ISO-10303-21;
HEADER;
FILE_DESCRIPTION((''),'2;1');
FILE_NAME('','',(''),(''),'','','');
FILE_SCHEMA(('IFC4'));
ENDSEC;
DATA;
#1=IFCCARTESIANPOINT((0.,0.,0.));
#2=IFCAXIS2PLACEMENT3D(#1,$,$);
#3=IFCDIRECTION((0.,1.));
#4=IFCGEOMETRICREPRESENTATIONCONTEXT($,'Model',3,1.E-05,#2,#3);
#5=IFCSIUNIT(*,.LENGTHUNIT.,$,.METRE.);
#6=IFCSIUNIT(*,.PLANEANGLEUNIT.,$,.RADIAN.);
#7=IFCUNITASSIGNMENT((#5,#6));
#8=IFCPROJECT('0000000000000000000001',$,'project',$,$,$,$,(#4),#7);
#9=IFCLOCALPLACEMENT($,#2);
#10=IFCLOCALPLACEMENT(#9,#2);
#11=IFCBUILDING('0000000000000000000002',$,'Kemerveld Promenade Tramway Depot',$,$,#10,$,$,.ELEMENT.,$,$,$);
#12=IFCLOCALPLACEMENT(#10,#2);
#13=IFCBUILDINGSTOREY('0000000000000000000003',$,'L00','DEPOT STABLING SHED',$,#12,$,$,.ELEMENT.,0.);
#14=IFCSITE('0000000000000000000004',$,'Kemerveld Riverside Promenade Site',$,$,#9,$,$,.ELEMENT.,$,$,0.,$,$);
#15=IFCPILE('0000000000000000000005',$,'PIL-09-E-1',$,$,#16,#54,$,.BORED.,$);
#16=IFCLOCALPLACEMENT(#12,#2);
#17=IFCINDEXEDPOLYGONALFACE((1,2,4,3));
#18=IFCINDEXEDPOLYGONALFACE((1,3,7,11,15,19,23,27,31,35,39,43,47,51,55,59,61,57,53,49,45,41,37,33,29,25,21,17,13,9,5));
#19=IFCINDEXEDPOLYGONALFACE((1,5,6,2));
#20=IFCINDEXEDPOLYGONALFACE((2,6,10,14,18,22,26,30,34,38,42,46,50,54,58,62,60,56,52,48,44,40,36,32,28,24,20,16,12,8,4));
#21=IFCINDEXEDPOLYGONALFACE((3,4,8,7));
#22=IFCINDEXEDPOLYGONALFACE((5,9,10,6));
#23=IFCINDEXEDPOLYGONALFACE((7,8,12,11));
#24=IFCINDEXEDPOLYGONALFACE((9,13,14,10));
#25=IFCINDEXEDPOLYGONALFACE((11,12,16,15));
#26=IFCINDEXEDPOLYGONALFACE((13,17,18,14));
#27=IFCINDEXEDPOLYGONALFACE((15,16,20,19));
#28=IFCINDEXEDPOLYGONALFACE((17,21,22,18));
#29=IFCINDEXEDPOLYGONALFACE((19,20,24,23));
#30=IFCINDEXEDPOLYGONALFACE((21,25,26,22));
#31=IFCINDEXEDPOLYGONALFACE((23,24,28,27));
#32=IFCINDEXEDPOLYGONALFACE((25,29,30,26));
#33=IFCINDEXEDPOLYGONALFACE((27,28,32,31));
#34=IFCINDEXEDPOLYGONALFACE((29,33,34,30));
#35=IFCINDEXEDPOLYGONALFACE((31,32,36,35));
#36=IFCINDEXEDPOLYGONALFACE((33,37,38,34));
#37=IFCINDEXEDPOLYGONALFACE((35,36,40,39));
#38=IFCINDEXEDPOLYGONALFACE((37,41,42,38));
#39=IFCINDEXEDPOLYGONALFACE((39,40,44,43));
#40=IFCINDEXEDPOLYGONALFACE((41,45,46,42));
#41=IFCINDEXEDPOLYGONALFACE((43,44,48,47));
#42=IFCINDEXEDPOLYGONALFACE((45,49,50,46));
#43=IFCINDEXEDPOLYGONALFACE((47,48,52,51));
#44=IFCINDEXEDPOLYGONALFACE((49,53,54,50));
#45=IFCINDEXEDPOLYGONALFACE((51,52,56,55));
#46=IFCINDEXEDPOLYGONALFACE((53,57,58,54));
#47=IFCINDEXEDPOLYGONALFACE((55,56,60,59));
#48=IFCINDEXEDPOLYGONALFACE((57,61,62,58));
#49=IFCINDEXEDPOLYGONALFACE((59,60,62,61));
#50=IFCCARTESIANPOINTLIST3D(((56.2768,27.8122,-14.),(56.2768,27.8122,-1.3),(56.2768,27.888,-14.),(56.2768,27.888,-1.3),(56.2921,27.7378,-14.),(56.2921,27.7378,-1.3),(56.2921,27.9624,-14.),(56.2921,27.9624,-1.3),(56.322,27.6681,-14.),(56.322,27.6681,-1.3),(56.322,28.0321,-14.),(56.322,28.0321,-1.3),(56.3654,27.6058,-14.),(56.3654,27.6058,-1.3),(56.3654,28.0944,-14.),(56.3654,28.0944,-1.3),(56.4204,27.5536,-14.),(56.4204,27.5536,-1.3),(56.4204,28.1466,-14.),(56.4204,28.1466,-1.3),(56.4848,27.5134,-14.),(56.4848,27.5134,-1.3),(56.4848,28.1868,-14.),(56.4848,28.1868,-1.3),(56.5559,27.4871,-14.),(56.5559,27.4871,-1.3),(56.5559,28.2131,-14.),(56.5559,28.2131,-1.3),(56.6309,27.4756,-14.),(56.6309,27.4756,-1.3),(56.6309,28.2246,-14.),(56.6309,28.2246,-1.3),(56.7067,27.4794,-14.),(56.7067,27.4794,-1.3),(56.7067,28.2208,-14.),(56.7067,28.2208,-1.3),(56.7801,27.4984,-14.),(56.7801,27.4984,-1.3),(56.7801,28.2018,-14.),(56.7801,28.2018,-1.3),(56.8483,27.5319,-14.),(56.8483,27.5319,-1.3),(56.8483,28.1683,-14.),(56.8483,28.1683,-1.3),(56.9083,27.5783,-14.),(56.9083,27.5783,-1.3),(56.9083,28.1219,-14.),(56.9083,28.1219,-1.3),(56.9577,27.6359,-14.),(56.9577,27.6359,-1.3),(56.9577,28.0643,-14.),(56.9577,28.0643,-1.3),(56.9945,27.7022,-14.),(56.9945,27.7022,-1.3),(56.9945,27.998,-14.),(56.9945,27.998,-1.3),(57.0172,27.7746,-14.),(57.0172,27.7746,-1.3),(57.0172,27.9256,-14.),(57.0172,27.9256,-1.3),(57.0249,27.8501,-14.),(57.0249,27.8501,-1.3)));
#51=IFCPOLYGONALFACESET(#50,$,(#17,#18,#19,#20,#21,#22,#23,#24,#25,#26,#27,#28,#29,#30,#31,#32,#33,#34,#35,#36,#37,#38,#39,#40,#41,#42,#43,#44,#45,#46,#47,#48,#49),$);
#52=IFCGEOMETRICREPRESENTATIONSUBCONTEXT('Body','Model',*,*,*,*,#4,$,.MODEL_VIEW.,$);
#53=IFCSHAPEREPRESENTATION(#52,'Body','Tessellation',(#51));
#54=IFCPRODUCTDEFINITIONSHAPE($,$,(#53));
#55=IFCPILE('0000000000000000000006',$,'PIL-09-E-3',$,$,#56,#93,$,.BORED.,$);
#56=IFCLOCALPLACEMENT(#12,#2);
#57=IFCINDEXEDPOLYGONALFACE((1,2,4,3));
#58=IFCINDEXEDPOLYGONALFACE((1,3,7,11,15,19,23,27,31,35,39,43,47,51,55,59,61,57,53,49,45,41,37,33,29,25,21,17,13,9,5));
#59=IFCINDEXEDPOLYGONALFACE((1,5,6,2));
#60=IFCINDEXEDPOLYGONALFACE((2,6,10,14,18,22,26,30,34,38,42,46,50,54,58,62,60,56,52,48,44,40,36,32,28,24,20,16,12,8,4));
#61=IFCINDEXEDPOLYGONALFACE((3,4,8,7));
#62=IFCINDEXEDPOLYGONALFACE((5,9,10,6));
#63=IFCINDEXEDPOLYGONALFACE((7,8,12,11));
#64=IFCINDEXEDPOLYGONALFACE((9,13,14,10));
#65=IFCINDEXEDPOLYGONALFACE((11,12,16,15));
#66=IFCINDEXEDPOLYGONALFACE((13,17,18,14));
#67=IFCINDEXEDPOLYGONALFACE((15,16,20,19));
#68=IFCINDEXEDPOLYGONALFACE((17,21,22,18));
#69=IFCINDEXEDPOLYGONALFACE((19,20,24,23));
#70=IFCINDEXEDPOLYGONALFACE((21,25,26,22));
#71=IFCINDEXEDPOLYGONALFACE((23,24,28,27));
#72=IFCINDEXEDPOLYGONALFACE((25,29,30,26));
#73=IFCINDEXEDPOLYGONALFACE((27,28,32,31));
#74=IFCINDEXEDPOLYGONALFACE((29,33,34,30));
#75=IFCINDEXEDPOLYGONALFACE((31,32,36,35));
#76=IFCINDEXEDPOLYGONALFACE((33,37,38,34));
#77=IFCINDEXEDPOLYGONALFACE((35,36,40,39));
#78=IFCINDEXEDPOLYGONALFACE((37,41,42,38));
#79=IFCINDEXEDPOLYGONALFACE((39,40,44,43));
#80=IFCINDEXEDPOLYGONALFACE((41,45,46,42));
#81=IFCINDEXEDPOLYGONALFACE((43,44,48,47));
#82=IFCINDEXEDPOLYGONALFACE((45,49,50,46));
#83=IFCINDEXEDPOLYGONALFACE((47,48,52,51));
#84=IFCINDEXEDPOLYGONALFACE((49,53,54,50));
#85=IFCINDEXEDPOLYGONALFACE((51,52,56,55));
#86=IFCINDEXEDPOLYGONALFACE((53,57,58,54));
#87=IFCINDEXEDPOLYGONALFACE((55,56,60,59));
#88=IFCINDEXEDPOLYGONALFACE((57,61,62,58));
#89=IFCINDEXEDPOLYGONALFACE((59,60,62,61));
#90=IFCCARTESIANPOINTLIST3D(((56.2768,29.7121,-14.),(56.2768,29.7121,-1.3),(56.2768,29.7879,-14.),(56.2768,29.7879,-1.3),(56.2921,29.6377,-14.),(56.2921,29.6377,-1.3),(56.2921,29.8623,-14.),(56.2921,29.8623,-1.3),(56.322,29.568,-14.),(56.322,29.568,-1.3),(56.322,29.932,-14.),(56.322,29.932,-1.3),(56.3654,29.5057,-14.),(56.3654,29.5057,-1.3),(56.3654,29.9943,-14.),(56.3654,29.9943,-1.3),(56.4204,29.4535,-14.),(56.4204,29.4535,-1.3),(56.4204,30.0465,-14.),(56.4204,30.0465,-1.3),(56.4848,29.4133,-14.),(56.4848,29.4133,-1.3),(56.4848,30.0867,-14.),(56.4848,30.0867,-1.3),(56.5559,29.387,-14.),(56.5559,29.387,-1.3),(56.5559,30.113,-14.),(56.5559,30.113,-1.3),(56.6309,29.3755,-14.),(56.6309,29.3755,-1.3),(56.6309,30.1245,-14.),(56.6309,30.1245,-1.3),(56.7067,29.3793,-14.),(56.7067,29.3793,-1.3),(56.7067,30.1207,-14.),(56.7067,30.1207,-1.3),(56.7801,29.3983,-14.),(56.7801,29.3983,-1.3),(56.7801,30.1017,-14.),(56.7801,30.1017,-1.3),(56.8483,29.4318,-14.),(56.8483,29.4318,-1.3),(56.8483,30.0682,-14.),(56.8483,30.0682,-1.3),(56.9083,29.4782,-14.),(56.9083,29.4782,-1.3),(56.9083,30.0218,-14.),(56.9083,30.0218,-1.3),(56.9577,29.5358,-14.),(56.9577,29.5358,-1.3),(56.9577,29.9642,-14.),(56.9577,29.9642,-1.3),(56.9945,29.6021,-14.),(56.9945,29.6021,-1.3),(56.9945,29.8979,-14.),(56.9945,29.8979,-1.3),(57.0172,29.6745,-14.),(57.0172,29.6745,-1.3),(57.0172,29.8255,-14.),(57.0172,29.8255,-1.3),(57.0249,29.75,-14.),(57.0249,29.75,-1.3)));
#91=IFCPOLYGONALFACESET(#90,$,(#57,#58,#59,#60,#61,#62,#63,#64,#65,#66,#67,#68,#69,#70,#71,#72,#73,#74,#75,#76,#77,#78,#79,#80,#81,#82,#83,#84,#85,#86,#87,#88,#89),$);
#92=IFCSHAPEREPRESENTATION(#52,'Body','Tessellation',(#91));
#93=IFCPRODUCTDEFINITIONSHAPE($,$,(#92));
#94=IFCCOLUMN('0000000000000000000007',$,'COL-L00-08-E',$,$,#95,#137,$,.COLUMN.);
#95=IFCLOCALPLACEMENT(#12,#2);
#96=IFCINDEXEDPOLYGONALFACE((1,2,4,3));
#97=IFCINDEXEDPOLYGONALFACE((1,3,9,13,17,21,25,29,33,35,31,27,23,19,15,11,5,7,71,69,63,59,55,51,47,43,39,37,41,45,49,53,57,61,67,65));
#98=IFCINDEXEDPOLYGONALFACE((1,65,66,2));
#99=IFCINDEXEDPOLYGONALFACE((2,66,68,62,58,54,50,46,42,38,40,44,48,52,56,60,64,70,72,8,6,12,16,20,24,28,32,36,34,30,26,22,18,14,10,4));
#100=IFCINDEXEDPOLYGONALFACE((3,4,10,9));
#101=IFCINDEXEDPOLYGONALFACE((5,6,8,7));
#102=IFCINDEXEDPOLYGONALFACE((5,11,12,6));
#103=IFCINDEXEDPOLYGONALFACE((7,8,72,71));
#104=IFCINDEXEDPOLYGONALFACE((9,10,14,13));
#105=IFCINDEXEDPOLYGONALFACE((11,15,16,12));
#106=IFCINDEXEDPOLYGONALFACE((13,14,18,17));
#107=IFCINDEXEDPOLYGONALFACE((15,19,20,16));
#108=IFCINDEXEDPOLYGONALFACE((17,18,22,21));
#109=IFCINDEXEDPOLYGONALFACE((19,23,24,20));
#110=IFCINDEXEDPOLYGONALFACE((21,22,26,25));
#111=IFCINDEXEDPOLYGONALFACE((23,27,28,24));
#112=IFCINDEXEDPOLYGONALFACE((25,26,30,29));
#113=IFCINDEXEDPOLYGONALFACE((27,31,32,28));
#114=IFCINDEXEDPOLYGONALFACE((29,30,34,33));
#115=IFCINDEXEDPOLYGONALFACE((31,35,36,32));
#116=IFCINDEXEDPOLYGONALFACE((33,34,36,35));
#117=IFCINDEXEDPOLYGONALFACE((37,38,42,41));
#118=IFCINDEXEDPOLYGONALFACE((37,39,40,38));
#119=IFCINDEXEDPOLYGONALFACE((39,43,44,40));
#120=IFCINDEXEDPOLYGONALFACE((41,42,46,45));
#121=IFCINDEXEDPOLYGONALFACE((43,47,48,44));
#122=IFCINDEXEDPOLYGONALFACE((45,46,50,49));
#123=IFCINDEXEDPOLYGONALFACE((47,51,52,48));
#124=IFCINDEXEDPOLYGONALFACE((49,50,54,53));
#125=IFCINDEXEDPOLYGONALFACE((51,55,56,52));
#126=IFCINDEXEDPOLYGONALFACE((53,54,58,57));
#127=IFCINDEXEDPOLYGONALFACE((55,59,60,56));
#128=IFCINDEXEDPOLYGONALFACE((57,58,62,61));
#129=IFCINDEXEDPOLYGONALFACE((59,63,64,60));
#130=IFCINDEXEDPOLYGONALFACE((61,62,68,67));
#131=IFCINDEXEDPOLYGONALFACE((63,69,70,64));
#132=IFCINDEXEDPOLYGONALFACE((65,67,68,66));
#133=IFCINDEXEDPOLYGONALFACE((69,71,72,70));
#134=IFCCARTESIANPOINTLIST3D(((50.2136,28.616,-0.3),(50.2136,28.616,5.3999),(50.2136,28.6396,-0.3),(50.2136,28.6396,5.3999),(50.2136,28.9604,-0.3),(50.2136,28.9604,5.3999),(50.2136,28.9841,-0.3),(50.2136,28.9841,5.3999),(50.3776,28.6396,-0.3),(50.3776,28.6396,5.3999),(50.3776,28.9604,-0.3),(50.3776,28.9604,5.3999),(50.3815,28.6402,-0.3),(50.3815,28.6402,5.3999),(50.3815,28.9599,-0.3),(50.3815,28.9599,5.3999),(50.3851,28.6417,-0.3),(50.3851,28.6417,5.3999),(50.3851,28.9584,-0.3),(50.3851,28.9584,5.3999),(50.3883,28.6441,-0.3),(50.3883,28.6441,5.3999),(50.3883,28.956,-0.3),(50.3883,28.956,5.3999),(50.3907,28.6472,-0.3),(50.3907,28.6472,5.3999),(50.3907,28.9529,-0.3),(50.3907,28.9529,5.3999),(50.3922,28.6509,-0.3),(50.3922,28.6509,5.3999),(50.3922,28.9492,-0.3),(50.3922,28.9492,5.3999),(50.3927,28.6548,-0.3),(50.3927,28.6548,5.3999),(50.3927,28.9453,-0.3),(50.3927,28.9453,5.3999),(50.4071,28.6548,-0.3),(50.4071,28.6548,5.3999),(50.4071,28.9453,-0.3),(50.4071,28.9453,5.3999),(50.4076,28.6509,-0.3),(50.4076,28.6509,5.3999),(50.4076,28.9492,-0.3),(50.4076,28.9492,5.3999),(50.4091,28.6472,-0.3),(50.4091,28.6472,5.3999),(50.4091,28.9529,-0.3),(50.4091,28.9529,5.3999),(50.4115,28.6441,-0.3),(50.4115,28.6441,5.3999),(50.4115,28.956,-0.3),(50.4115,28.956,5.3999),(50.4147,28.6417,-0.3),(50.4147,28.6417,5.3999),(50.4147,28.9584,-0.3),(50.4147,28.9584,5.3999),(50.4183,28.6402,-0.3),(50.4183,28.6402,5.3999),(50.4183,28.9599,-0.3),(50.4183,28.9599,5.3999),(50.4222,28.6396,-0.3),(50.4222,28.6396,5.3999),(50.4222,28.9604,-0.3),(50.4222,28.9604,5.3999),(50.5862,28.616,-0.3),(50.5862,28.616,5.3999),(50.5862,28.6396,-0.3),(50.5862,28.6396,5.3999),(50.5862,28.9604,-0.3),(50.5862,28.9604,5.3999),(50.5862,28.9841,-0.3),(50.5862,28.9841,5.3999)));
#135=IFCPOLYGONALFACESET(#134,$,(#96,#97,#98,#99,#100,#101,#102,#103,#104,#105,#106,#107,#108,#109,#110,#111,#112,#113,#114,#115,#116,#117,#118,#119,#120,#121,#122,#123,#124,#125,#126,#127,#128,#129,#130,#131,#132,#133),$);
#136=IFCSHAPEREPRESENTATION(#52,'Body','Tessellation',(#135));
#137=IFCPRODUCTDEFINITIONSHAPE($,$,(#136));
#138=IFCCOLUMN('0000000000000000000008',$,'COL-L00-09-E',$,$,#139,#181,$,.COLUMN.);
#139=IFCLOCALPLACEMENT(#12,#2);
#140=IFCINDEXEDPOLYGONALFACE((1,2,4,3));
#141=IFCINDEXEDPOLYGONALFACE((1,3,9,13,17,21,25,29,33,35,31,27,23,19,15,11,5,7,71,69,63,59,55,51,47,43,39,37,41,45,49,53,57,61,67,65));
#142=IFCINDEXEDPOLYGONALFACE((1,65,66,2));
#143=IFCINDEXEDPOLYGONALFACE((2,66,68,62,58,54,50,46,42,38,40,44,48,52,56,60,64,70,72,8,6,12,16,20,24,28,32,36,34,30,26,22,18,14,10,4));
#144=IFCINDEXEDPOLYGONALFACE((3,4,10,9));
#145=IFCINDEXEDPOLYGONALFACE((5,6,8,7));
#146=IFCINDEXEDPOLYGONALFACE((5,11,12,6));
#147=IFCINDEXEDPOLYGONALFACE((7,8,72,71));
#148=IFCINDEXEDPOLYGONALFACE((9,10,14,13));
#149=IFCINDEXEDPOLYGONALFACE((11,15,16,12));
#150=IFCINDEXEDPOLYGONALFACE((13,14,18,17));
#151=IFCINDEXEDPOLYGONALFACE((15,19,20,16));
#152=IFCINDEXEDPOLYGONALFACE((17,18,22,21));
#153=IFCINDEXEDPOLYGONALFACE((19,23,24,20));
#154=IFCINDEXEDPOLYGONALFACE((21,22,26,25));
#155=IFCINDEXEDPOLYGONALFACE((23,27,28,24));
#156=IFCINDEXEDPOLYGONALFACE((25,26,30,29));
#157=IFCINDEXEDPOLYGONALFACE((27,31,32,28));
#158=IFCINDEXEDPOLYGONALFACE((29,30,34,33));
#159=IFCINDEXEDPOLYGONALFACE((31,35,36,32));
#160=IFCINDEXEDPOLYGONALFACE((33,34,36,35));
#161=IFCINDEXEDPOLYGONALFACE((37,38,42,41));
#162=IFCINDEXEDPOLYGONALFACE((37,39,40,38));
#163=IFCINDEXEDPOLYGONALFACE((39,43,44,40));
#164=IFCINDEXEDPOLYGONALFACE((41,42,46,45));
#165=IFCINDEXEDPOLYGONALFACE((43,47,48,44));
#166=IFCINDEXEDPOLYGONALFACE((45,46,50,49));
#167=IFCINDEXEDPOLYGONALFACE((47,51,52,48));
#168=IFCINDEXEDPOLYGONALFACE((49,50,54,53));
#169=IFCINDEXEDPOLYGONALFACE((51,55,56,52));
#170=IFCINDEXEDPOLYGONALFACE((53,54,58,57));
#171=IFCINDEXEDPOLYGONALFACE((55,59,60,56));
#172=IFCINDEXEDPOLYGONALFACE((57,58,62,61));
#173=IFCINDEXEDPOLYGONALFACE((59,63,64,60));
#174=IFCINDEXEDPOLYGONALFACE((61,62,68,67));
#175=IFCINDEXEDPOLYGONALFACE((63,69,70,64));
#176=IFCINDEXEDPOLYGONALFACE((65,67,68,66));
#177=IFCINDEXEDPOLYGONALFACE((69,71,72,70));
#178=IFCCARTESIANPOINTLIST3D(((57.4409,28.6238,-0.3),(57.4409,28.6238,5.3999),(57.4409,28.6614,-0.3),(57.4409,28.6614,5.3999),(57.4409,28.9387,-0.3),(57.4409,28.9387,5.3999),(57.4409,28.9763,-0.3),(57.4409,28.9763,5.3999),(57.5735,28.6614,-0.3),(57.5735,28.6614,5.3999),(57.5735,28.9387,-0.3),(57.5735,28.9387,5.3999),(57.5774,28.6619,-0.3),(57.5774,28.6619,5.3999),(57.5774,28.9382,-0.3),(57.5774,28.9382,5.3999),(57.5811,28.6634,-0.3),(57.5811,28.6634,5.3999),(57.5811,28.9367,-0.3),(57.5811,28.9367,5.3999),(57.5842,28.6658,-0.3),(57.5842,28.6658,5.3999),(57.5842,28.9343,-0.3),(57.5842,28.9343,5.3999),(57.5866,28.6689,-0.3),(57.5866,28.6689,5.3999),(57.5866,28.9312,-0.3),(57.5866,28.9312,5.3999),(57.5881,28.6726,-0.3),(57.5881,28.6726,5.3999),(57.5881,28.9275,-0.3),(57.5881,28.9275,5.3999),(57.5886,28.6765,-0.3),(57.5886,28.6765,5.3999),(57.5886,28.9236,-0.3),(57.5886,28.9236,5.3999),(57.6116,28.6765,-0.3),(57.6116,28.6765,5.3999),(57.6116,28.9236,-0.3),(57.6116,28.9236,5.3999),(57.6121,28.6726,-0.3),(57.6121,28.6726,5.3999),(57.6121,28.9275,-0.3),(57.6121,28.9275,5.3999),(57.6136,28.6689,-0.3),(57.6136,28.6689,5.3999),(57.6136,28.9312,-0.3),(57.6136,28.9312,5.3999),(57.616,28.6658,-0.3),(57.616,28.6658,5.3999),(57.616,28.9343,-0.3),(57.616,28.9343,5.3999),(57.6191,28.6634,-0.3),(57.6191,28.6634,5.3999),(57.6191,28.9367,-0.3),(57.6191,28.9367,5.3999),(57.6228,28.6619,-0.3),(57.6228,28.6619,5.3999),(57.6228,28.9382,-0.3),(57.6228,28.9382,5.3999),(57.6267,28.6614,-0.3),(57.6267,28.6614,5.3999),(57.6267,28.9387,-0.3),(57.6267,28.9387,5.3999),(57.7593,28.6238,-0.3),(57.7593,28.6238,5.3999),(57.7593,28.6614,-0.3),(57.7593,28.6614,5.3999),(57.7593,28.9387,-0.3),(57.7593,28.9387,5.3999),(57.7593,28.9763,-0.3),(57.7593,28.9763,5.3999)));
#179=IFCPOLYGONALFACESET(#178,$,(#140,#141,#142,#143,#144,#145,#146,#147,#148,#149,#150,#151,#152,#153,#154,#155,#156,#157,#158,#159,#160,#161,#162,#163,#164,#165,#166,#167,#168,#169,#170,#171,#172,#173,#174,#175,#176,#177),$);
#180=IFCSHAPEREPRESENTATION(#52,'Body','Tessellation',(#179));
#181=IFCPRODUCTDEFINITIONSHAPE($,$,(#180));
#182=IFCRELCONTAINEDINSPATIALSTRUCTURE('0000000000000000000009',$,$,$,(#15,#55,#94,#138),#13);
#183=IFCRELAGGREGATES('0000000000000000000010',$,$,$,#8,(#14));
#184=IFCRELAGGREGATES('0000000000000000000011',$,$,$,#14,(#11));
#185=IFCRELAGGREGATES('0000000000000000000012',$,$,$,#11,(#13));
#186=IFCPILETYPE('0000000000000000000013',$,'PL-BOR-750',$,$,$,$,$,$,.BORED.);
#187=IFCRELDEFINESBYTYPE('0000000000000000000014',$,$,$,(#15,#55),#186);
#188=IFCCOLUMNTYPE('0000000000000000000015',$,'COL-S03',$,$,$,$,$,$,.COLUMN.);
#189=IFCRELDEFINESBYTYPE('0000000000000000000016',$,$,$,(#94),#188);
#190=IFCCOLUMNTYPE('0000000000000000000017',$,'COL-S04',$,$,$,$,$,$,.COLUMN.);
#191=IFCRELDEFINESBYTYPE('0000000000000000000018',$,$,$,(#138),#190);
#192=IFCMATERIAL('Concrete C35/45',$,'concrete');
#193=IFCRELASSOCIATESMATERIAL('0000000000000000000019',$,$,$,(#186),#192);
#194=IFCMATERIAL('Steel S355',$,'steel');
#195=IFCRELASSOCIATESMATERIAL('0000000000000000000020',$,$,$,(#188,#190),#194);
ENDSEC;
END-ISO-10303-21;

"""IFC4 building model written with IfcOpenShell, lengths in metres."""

from ifc_helpers import new_model, si_unit, direction, frame, origin, origin_2d, place, context, subcontext, project, spatial, circle, i_section, extrude, material, material_profile, profile_set, type_object, element, save


model = new_model("IFC4")

# Units and contexts
model_context = context("Model", 3, precision=1e-05, world=origin(), true_north=direction((0.0, 1.0)))
body_context = subcontext(model_context, "Body", "Model", "MODEL_VIEW")
ifc_project = project(units=[si_unit("LENGTHUNIT", "METRE"), si_unit("PLANEANGLEUNIT", "RADIAN")], contexts=[model_context])

# Site, building, storey
site_placement = place(None, origin())
site = spatial("IfcSite", under=ifc_project, at=site_placement, Name="Kemerveld Riverside Promenade Site", CompositionType="ELEMENT", RefElevation=0.0)
building_placement = place(site_placement, origin())
building = spatial("IfcBuilding", under=site, at=building_placement, Name="Kemerveld Promenade Tramway Depot", CompositionType="ELEMENT")
storey_placement = place(building_placement, origin())
storey = spatial("IfcBuildingStorey", under=building, at=storey_placement, Name="L00", Description="DEPOT STABLING SHED", CompositionType="ELEMENT", Elevation=0.0)

# Shared definitions
ifc_material_1 = material(Name="Concrete C35/45", Category="concrete")

# Piles
ifc_material_profile_1 = material_profile(ifc_material_1, circle(Radius=0.375, at=origin_2d()), Name="PILE-D750")
ifc_profile_set_1 = profile_set([ifc_material_profile_1], Name="Concrete C35/45")
pile_type = type_object("IfcPileType", Name="PL-BOR-750", PredefinedType="BORED", material=ifc_profile_set_1)
for number, where, z_axis, x_axis, name in (
    (1, (56.6499, 27.8501, -1.3), (0.0, 0.0, -1.0), (1.0, 0.0, 0.0), "PIL-09-E-1"),
    (2, (56.6499, 29.75, -1.3), (0.0, 0.0, -1.0), (1.0, 0.0, 0.0), "PIL-09-E-3"),
):
    element("IfcPile", number, at=place(storey_placement, frame(where, z_axis=z_axis, x_axis=x_axis)), inside=storey, type_object=pile_type, Name=name, PredefinedType="BORED", context=body_context, shape_type="SweptSolid", body=[
        extrude(circle(Radius=0.375, at=origin_2d()), origin(), (0.0, 0.0, 1.0), 12.7),
    ])

# Columns
ifc_material_2 = material(Name="Steel S355", Category="steel")
ifc_material_profile_2 = material_profile(ifc_material_2, i_section(OverallWidth=0.3726, OverallDepth=0.3682, WebThickness=0.0144, FlangeThickness=0.0237, FilletRadius=0.0151, at=origin_2d()), Name="356x368x177 UC")
ifc_profile_set_2 = profile_set([ifc_material_profile_2], Name="Steel S355")
column_type_1 = type_object("IfcColumnType", Name="COL-S03", PredefinedType="COLUMN", material=ifc_profile_set_2)
column_1_placement = place(storey_placement, frame((50.3999, 28.8, -0.3), z_axis=(0.0, 0.0, 1.0), x_axis=(1.0, 0.0, 0.0)))
element("IfcColumn", 3, at=column_1_placement, inside=storey, type_object=column_type_1, Name="COL-L00-08-E", PredefinedType="COLUMN", context=body_context, shape_type="SweptSolid", body=[
    extrude(i_section(OverallWidth=0.3726, OverallDepth=0.3682, WebThickness=0.0144, FlangeThickness=0.0237, FilletRadius=0.0151, at=origin_2d()), origin(), (0.0, 0.0, 1.0), 5.7),
])
ifc_material_profile_3 = material_profile(ifc_material_2, i_section(OverallWidth=0.3184, OverallDepth=0.3525, WebThickness=0.0229, FlangeThickness=0.0376, FilletRadius=0.0151, at=origin_2d()), Name="305x305x240 UC")
ifc_profile_set_3 = profile_set([ifc_material_profile_3], Name="Steel S355")
column_type_2 = type_object("IfcColumnType", Name="COL-S04", PredefinedType="COLUMN", material=ifc_profile_set_3)
column_2_placement = place(storey_placement, frame((57.6001, 28.8, -0.3), z_axis=(0.0, 0.0, 1.0), x_axis=(1.0, 0.0, 0.0)))
element("IfcColumn", 4, at=column_2_placement, inside=storey, type_object=column_type_2, Name="COL-L00-09-E", PredefinedType="COLUMN", context=body_context, shape_type="SweptSolid", body=[
    extrude(i_section(OverallWidth=0.3184, OverallDepth=0.3525, WebThickness=0.0229, FlangeThickness=0.0376, FilletRadius=0.0151, at=origin_2d()), origin(), (0.0, 0.0, 1.0), 5.7),
])

save(model, "model.ifc")
